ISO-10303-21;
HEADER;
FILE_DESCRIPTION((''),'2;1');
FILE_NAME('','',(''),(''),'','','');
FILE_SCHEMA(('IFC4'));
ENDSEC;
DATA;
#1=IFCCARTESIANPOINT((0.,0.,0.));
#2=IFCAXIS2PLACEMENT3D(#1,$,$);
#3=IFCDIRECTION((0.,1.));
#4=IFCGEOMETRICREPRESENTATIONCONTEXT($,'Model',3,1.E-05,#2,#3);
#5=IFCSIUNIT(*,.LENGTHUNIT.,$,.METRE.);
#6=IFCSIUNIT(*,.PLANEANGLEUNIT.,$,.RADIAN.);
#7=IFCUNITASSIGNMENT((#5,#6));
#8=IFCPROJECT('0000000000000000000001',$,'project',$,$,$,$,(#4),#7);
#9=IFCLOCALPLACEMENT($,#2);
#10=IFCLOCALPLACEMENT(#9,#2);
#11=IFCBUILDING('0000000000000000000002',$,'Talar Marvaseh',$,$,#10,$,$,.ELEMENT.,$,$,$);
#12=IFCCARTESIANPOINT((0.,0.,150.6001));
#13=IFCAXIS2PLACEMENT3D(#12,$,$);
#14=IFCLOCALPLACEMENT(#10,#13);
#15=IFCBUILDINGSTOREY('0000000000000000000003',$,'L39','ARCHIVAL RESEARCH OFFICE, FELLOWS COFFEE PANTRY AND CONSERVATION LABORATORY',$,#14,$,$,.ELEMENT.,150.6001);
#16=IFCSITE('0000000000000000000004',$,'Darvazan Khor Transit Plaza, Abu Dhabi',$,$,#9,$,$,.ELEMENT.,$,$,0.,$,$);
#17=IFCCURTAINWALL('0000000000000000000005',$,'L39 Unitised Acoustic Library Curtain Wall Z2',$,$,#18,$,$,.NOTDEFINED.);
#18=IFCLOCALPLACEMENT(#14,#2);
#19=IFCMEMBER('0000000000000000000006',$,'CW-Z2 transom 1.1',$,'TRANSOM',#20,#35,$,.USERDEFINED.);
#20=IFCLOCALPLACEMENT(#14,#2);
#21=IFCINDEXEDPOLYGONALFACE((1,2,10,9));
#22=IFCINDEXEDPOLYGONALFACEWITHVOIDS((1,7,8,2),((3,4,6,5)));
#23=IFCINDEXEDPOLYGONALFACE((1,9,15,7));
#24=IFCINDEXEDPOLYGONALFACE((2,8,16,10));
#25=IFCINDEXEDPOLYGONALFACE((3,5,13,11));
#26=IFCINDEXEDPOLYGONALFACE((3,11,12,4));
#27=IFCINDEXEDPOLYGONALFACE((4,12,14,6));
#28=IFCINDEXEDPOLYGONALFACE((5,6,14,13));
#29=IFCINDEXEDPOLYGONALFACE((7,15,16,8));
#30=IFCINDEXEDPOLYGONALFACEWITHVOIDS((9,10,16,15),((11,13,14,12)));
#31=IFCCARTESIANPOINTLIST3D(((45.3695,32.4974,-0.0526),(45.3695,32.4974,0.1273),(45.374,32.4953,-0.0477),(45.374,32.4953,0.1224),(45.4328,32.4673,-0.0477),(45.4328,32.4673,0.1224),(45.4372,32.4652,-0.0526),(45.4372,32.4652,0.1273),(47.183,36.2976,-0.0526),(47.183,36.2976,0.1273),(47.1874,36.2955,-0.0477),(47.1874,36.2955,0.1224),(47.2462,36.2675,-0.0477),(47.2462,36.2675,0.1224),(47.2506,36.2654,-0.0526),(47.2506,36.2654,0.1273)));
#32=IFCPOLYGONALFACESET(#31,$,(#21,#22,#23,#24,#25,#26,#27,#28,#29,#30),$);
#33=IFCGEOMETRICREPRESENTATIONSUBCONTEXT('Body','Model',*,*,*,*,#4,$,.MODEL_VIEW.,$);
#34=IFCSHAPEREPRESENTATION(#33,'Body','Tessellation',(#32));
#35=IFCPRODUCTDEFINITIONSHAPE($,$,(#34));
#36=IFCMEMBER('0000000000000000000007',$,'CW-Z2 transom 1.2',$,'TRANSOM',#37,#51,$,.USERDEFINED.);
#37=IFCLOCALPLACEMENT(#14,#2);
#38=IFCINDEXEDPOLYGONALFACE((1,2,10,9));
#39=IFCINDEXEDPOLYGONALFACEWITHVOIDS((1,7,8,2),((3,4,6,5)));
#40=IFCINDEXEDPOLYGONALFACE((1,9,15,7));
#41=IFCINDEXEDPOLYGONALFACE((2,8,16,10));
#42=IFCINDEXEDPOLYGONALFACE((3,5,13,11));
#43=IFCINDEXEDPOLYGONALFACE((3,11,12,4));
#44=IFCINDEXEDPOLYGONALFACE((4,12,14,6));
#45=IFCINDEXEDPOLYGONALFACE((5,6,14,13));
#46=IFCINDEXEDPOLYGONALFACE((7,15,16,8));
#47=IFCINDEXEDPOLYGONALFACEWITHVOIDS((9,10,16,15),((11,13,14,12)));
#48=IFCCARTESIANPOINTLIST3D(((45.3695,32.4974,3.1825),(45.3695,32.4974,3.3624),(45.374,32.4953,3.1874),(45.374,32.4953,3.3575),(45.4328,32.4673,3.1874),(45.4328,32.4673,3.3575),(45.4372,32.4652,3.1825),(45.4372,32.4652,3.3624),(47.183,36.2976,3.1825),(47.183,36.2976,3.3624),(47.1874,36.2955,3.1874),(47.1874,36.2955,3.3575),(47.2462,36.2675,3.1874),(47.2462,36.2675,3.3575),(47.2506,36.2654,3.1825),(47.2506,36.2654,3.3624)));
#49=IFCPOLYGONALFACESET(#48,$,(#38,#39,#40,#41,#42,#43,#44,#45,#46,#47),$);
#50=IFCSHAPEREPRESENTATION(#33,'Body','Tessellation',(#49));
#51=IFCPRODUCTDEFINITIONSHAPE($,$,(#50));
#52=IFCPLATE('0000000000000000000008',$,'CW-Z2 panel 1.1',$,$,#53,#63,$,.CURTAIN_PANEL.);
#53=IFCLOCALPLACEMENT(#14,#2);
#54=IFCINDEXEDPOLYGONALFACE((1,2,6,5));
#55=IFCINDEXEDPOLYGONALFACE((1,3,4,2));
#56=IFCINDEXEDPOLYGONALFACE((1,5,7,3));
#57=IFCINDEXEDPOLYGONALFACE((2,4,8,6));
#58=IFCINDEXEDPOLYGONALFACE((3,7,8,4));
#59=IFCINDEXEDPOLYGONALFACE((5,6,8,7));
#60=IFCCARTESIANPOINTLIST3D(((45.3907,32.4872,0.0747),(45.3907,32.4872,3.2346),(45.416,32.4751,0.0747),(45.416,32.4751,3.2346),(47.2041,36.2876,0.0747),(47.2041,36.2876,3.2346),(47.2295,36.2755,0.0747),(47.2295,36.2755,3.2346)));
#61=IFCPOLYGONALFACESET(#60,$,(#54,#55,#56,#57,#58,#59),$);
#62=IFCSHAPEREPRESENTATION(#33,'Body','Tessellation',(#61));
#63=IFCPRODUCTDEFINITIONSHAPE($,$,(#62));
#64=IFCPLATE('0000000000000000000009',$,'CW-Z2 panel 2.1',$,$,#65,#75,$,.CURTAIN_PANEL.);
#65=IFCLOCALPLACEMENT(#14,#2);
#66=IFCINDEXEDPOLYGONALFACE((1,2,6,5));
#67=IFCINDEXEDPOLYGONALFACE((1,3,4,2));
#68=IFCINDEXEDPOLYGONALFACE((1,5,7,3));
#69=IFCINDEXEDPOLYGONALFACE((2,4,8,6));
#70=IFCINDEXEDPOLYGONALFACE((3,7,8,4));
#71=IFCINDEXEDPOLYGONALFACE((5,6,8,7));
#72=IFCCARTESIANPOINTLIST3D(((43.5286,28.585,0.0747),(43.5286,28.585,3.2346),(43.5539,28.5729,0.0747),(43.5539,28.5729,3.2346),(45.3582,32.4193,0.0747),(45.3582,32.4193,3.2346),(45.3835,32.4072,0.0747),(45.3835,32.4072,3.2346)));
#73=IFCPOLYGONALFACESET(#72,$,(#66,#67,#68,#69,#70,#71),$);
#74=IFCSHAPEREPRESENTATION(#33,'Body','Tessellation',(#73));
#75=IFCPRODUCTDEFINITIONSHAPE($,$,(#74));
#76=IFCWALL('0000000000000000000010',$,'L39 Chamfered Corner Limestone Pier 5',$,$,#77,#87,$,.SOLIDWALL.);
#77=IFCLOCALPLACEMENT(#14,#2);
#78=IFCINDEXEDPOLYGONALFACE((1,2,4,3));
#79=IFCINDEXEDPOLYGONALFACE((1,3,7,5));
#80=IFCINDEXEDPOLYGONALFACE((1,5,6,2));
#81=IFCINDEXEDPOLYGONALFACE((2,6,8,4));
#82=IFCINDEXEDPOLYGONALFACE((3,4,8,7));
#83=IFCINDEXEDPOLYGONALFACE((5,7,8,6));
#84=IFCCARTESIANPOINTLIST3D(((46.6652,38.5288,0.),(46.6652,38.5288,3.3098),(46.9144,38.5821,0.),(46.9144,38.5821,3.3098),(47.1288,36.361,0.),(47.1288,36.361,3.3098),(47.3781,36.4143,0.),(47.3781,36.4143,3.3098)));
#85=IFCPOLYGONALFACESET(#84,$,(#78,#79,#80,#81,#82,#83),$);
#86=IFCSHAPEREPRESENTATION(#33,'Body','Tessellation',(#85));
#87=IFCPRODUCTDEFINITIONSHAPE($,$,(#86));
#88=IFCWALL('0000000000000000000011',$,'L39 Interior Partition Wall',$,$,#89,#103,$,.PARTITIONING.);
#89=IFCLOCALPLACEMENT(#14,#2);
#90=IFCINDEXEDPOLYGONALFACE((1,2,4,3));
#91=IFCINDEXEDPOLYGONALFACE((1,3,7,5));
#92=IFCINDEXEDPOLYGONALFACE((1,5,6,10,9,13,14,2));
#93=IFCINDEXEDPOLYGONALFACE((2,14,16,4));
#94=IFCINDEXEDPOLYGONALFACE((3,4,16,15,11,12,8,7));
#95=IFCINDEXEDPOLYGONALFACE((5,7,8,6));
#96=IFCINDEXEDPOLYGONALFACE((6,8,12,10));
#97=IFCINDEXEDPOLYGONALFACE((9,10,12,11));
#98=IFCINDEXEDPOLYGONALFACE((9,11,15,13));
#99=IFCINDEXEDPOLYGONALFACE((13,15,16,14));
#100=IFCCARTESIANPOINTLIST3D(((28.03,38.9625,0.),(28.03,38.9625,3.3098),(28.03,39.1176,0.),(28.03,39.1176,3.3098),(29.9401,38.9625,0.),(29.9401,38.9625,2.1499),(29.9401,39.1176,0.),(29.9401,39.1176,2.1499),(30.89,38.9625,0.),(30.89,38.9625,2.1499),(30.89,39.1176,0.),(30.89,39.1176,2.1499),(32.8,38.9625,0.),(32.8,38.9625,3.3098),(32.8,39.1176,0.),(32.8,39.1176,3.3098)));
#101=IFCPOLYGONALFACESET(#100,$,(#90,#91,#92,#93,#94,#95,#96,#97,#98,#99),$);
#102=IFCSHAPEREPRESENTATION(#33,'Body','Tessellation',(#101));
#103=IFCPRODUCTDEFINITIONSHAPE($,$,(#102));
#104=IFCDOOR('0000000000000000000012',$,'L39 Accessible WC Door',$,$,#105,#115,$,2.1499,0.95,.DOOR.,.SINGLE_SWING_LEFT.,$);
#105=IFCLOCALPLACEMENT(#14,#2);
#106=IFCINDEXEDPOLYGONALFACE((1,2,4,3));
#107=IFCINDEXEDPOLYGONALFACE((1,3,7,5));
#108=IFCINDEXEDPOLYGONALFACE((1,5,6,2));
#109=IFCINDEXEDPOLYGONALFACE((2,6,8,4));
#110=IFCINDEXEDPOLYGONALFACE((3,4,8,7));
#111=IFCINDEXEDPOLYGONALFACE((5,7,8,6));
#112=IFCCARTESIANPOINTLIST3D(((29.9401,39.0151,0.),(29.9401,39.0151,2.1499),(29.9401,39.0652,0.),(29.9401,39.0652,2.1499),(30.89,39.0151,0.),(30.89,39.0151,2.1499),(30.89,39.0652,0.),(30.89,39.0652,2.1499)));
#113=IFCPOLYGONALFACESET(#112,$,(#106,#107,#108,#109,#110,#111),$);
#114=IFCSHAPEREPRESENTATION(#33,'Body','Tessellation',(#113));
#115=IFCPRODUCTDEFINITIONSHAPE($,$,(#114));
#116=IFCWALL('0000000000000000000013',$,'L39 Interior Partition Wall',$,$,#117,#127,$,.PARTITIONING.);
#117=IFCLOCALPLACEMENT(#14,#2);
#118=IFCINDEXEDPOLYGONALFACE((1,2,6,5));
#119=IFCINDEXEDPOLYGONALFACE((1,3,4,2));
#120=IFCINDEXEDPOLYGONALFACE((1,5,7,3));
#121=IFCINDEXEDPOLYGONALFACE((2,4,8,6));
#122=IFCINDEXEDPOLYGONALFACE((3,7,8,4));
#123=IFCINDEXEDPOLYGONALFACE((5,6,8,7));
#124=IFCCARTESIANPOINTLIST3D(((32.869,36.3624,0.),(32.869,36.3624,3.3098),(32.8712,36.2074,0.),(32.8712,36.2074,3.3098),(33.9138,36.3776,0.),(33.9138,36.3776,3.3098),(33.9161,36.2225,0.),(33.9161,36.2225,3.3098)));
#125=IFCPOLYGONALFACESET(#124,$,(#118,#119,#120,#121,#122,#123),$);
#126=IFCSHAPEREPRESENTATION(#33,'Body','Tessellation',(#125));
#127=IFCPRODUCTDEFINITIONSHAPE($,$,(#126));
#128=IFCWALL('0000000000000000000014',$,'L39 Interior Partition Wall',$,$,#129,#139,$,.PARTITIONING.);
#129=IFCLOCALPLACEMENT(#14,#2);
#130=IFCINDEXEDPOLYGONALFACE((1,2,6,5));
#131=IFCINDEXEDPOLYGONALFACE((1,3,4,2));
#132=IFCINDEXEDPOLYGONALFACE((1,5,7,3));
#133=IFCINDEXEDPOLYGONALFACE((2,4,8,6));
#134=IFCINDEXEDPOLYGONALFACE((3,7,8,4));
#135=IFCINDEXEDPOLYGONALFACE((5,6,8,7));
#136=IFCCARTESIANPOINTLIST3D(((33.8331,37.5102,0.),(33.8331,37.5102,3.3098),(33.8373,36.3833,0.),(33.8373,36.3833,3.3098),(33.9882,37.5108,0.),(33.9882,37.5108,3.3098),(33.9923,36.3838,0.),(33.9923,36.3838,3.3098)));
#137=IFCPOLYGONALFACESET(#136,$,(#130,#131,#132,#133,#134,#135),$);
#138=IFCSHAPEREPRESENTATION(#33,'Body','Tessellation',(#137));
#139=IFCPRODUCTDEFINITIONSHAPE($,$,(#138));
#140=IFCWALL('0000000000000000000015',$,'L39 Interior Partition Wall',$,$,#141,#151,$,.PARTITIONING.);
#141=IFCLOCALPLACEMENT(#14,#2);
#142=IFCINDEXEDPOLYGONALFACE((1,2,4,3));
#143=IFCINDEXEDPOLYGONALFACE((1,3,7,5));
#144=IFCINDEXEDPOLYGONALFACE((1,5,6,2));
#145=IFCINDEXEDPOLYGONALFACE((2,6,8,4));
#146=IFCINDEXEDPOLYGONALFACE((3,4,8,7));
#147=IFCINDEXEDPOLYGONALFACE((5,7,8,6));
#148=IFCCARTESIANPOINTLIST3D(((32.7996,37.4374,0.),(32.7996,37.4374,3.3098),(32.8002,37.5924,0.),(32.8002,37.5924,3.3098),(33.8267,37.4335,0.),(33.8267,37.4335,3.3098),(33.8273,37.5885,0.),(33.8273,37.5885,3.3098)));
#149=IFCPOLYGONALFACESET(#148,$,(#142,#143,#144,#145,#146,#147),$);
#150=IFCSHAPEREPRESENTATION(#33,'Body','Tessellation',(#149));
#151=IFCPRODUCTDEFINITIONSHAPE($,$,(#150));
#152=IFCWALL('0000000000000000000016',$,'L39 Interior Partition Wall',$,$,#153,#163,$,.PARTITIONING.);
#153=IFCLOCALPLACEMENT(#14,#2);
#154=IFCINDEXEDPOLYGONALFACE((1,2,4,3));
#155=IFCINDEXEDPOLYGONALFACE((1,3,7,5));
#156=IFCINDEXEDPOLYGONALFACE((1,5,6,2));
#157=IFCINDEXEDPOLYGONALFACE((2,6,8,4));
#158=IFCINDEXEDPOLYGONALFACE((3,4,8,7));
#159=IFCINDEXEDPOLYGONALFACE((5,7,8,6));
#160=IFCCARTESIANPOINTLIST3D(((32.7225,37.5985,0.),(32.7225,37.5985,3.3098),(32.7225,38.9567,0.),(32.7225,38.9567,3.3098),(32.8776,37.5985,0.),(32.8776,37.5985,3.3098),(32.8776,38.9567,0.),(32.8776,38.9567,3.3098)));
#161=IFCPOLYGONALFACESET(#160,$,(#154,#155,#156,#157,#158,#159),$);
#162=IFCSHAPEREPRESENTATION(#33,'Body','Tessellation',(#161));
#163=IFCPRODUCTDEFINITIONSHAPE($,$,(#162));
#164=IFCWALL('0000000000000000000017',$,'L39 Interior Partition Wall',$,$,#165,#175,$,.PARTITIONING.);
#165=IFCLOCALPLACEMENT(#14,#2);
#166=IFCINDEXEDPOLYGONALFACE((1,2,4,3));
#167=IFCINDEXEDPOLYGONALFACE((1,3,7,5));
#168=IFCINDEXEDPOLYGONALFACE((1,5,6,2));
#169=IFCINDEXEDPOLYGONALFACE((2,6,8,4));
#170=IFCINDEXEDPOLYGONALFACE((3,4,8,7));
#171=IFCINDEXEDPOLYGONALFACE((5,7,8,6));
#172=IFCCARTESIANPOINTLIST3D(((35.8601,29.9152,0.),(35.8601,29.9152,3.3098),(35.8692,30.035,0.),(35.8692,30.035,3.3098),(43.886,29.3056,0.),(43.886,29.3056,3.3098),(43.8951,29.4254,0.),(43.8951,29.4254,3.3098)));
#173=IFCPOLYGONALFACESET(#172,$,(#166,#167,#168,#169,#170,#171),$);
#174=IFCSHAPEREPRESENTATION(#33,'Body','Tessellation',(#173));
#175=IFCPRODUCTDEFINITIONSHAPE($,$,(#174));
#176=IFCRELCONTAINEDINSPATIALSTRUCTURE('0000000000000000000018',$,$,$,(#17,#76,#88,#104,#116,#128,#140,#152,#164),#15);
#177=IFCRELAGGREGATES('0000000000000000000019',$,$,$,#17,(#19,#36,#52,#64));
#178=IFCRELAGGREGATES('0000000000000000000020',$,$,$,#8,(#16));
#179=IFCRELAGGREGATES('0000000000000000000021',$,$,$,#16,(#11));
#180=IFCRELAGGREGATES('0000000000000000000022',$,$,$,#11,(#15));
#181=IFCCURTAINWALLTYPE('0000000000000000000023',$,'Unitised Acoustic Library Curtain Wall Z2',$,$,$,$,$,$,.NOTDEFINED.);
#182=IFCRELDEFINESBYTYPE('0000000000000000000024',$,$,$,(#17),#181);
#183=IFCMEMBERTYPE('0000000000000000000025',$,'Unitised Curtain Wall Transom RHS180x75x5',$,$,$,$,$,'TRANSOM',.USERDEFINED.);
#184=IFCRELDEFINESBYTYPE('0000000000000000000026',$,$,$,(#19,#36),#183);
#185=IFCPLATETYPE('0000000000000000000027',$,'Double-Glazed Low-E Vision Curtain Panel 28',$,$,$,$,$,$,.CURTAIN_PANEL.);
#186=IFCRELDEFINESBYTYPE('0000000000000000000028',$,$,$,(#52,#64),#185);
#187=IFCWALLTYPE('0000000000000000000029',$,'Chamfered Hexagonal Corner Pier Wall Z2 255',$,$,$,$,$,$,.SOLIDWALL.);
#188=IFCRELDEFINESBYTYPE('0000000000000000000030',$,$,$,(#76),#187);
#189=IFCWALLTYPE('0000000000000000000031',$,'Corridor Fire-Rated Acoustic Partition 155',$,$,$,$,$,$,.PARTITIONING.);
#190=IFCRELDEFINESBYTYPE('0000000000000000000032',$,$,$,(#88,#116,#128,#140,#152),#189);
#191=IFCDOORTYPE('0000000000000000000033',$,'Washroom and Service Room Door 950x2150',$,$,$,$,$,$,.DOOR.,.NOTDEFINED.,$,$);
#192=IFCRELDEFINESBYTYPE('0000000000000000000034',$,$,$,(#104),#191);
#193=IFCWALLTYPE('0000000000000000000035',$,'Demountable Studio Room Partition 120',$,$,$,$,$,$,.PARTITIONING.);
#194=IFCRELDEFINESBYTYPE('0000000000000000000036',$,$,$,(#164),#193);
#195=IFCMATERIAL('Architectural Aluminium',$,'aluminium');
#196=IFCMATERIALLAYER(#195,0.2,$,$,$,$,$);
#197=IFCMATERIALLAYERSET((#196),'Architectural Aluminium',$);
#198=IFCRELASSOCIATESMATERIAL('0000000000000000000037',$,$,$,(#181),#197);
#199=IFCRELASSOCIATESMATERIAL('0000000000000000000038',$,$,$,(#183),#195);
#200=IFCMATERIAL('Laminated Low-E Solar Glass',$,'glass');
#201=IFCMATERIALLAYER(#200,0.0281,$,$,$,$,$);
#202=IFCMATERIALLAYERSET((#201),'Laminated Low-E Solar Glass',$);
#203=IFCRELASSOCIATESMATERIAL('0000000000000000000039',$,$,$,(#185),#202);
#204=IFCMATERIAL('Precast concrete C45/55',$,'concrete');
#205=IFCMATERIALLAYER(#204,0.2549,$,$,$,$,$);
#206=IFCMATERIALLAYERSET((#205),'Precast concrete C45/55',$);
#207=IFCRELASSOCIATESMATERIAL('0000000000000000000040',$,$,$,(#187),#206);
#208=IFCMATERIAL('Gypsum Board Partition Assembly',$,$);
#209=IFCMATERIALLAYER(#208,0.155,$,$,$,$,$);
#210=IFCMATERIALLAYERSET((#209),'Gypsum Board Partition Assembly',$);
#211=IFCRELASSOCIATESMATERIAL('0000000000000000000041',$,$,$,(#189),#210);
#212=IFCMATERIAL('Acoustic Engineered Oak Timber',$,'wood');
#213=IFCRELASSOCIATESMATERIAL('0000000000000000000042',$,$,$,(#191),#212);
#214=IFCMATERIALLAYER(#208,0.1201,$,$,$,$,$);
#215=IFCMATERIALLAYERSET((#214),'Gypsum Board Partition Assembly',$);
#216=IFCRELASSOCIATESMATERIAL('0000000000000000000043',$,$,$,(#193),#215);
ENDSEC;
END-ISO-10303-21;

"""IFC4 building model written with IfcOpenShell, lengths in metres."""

from ifc_helpers import new_model, si_unit, direction, frame, frame_2d, origin, origin_2d, place, context, subcontext, project, spatial, rectangle, hollow_rectangle, extrude, source, transform, mapped, material, layer, layer_set, material_profile, profile_set, type_object, type_shapes, element, fill, aggregate, save


model = new_model("IFC4")

# Units and contexts
model_context = context("Model", 3, precision=1e-05, world=origin(), true_north=direction((0.0, 1.0)))
body_context = subcontext(model_context, "Body", "Model", "MODEL_VIEW")
ifc_project = project(units=[si_unit("LENGTHUNIT", "METRE"), si_unit("PLANEANGLEUNIT", "RADIAN")], contexts=[model_context])

# Site, building, storey
site_placement = place(None, origin())
site = spatial("IfcSite", under=ifc_project, at=site_placement, Name="Darvazan Khor Transit Plaza, Abu Dhabi", CompositionType="ELEMENT", RefElevation=0.0)
building_placement = place(site_placement, origin())
building = spatial("IfcBuilding", under=site, at=building_placement, Name="Talar Marvaseh", CompositionType="ELEMENT")
storey_placement = place(building_placement, frame((0.0, 0.0, 150.6001)))
storey = spatial("IfcBuildingStorey", under=building, at=storey_placement, Name="L39", Description="ARCHIVAL RESEARCH OFFICE, FELLOWS COFFEE PANTRY AND CONSERVATION LABORATORY", CompositionType="ELEMENT", Elevation=150.6001)

# Curtain wall
ifc_material_1 = material(Name="Architectural Aluminium", Category="aluminium")
ifc_layer_1 = layer(ifc_material_1, 0.2)
ifc_layer_set_1 = layer_set([ifc_layer_1], Name="Architectural Aluminium")
curtain_wall_type = type_object("IfcCurtainWallType", Name="Unitised Acoustic Library Curtain Wall Z2", PredefinedType="NOTDEFINED", material=ifc_layer_set_1)
curtain_wall_1_placement = place(storey_placement, origin())
curtain_wall_1 = element("IfcCurtainWall", 1, at=curtain_wall_1_placement, inside=storey, type_object=curtain_wall_type, Name="L39 Unitised Acoustic Library Curtain Wall Z2", PredefinedType="NOTDEFINED")
ifc_material_profile_1 = material_profile(ifc_material_1, hollow_rectangle(XDim=0.075, YDim=0.1799, WallThickness=0.0049, at=origin_2d()), Name="RHS180x75x5")
ifc_profile_set_1 = profile_set([ifc_material_profile_1], Name="Architectural Aluminium")
member_type_1 = type_object("IfcMemberType", Name="Unitised Curtain Wall Transom RHS180x75x5", ElementType="TRANSOM", PredefinedType="USERDEFINED", material=ifc_profile_set_1)

# Members
shared_shape_1 = source(origin(), body_context, "Body", "SweptSolid", [
    extrude(hollow_rectangle(XDim=0.075, YDim=0.1799, WallThickness=0.0049, at=origin_2d()), origin(), (0.0, 0.0, 1.0), 4.2107),
])
member_1_placement = place(storey_placement, frame((47.2168, 36.2815, 0.0374), z_axis=(-0.430672, -0.902509, 0.0), x_axis=(0.902509, -0.430672, 0.0)))
member_1 = element("IfcMember", 2, at=member_1_placement, type_object=member_type_1, Name="CW-Z2 transom 1.1", ObjectType="TRANSOM", PredefinedType="USERDEFINED", context=body_context, shape_type="MappedRepresentation", body=[
    mapped(shared_shape_1, transform((0.0, 0.0, 0.0), x_axis=(1.0, 0.0, 0.0), y_axis=(0.0, 1.0, 0.0), z_axis=(0.0, 0.0, 1.0), scale=1.0)),
])
member_2_placement = place(storey_placement, frame((47.2168, 36.2815, 3.2725), z_axis=(-0.430672, -0.902509, 0.0), x_axis=(0.902509, -0.430672, 0.0)))
member_2 = element("IfcMember", 3, at=member_2_placement, type_object=member_type_1, Name="CW-Z2 transom 1.2", ObjectType="TRANSOM", PredefinedType="USERDEFINED", context=body_context, shape_type="MappedRepresentation", body=[
    mapped(shared_shape_1, transform((0.0, 0.0, 0.0), x_axis=(1.0, 0.0, 0.0), y_axis=(0.0, 1.0, 0.0), z_axis=(0.0, 0.0, 1.0), scale=1.0)),
])

# Plates
ifc_material_2 = material(Name="Laminated Low-E Solar Glass", Category="glass")
ifc_layer_2 = layer(ifc_material_2, 0.0281)
ifc_layer_set_2 = layer_set([ifc_layer_2], Name="Laminated Low-E Solar Glass")
plate_type = type_object("IfcPlateType", Name="Double-Glazed Low-E Vision Curtain Panel 28", PredefinedType="CURTAIN_PANEL", material=ifc_layer_set_2)
shared_shape_2 = source(origin(), body_context, "Body", "SweptSolid", [
    extrude(rectangle(XDim=4.2109, YDim=0.0281, at=origin_2d()), origin(), (0.0, 0.0, 1.0), 3.1599),
])
plate_1_placement = place(storey_placement, frame((46.3101, 34.3813, 0.0747), z_axis=(0.0, 0.0, 1.0), x_axis=(-0.430653, -0.902518, 0.0)))
plate_1 = element("IfcPlate", 4, at=plate_1_placement, type_object=plate_type, Name="CW-Z2 panel 1.1", PredefinedType="CURTAIN_PANEL", context=body_context, shape_type="MappedRepresentation", body=[
    mapped(shared_shape_2, transform((0.0, 0.0, 0.0), x_axis=(1.0, 0.0, 0.0), y_axis=(0.0, 1.0, 0.0), z_axis=(0.0, 0.0, 1.0), scale=1.0)),
])
shared_shape_3 = source(origin(), body_context, "Body", "SweptSolid", [
    extrude(rectangle(XDim=4.2485, YDim=0.0281, at=origin_2d()), origin(), (0.0, 0.0, 1.0), 3.1599),
])
type_shapes(plate_type, [shared_shape_2, shared_shape_3])
plate_2_placement = place(storey_placement, frame((44.4561, 30.4961, 0.0747), z_axis=(0.0, 0.0, 1.0), x_axis=(-0.430653, -0.902518, 0.0)))
plate_2 = element("IfcPlate", 5, at=plate_2_placement, type_object=plate_type, Name="CW-Z2 panel 2.1", PredefinedType="CURTAIN_PANEL", context=body_context, shape_type="MappedRepresentation", body=[
    mapped(shared_shape_3, transform((0.0, 0.0, 0.0), x_axis=(1.0, 0.0, 0.0), y_axis=(0.0, 1.0, 0.0), z_axis=(0.0, 0.0, 1.0), scale=1.0)),
])
aggregate(curtain_wall_1, [member_1, member_2, plate_1, plate_2])

# Wall
ifc_material_3 = material(Name="Precast concrete C45/55", Category="concrete")
ifc_layer_3 = layer(ifc_material_3, 0.2549)
ifc_layer_set_3 = layer_set([ifc_layer_3], Name="Precast concrete C45/55")
wall_type_1 = type_object("IfcWallType", Name="Chamfered Hexagonal Corner Pier Wall Z2 255", PredefinedType="SOLIDWALL", material=ifc_layer_set_3)
wall_1_placement = place(storey_placement, frame((46.7898, 38.5554, 0.0), z_axis=(0.0, 0.0, 1.0), x_axis=(0.209145, -0.977885, 0.0)))
element("IfcWall", 6, at=wall_1_placement, inside=storey, type_object=wall_type_1, Name="L39 Chamfered Corner Limestone Pier 5", PredefinedType="SOLIDWALL", context=body_context, shape_type="SweptSolid", body=[
    extrude(rectangle(XDim=2.2168, YDim=0.2549, at=frame_2d((1.1084, 0.0))), origin(), (0.0, 0.0, 1.0), 3.3098),
])

# Wall, opening, door
ifc_material_4 = material(Name="Gypsum Board Partition Assembly")
ifc_layer_4 = layer(ifc_material_4, 0.155)
ifc_layer_set_4 = layer_set([ifc_layer_4], Name="Gypsum Board Partition Assembly")
wall_type_2 = type_object("IfcWallType", Name="Corridor Fire-Rated Acoustic Partition 155", PredefinedType="PARTITIONING", material=ifc_layer_set_4)
wall_2_placement = place(storey_placement, frame((32.8, 39.04, 0.0), z_axis=(0.0, 0.0, 1.0), x_axis=(-1.0, 0.0, 0.0)))
wall_2 = element("IfcWall", 7, at=wall_2_placement, inside=storey, type_object=wall_type_2, Name="L39 Interior Partition Wall", PredefinedType="PARTITIONING", context=body_context, shape_type="SweptSolid", body=[
    extrude(rectangle(XDim=4.77, YDim=0.155, at=frame_2d((2.385, 0.0))), origin(), (0.0, 0.0, 1.0), 3.3098),
])
opening_1_placement = place(wall_2_placement, frame((1.9099, 0.0, 0.0)))
opening_1 = element("IfcOpeningElement", 8, at=opening_1_placement, cuts=wall_2, PredefinedType="OPENING", context=body_context, shape_type="SweptSolid", body=[
    extrude(rectangle(XDim=0.95, YDim=2.1499, at=frame_2d((0.4751, 1.075))), frame((0.0, 0.0874, 0.0), z_axis=(0.0, -1.0, 0.0), x_axis=(1.0, 0.0, 0.0)), (0.0, 0.0, 1.0), 0.175),
])
ifc_material_5 = material(Name="Acoustic Engineered Oak Timber", Category="wood")
door_type_1 = type_object("IfcDoorType", Name="Washroom and Service Room Door 950x2150", OperationType="NOTDEFINED", PredefinedType="DOOR", material=ifc_material_5)
shared_shape_4 = source(origin(), body_context, "Body", "SweptSolid", [
    extrude(rectangle(XDim=0.95, YDim=2.1499, at=frame_2d((0.4751, 1.075))), frame((0.0, 0.0249, 0.0), z_axis=(0.0, -1.0, 0.0), x_axis=(1.0, 0.0, 0.0)), (0.0, 0.0, 1.0), 0.05),
])
type_shapes(door_type_1, [shared_shape_4])
door_1_placement = place(opening_1_placement, origin())
door_1 = element("IfcDoor", 9, at=door_1_placement, inside=storey, type_object=door_type_1, Name="L39 Accessible WC Door", OperationType="SINGLE_SWING_LEFT", OverallHeight=2.1499, OverallWidth=0.95, PredefinedType="DOOR", context=body_context, shape_type="MappedRepresentation", body=[
    mapped(shared_shape_4, transform((0.0, 0.0, 0.0), x_axis=(1.0, 0.0, 0.0), y_axis=(0.0, 1.0, 0.0), z_axis=(0.0, 0.0, 1.0), scale=1.0)),
])
fill(opening_1, door_1)

# Walls
wall_3_placement = place(storey_placement, frame((32.8701, 36.2849, 0.0), z_axis=(0.0, 0.0, 1.0), x_axis=(0.999895, 0.014484, 0.0)))
element("IfcWall", 10, at=wall_3_placement, inside=storey, type_object=wall_type_2, Name="L39 Interior Partition Wall", PredefinedType="PARTITIONING", context=body_context, shape_type="SweptSolid", body=[
    extrude(rectangle(XDim=1.0449, YDim=0.155, at=frame_2d((0.5225, 0.0))), origin(), (0.0, 0.0, 1.0), 3.3098),
])
wall_4_placement = place(storey_placement, frame((33.9148, 36.3835, 0.0), z_axis=(0.0, 0.0, 1.0), x_axis=(-0.003683, 0.999993, 0.0)))
element("IfcWall", 11, at=wall_4_placement, inside=storey, type_object=wall_type_2, Name="L39 Interior Partition Wall", PredefinedType="PARTITIONING", context=body_context, shape_type="SweptSolid", body=[
    extrude(rectangle(XDim=1.127, YDim=0.155, at=frame_2d((0.5635, 0.0))), origin(), (0.0, 0.0, 1.0), 3.3098),
])
wall_5_placement = place(storey_placement, frame((33.8271, 37.511, 0.0), z_axis=(0.0, 0.0, 1.0), x_axis=(-0.999993, 0.003803, 0.0)))
element("IfcWall", 12, at=wall_5_placement, inside=storey, type_object=wall_type_2, Name="L39 Interior Partition Wall", PredefinedType="PARTITIONING", context=body_context, shape_type="SweptSolid", body=[
    extrude(rectangle(XDim=1.0271, YDim=0.155, at=frame_2d((0.5137, 0.0))), origin(), (0.0, 0.0, 1.0), 3.3098),
])
wall_6_placement = place(storey_placement, frame((32.8, 37.5984, 0.0), z_axis=(0.0, 0.0, 1.0), x_axis=(0.0, 1.0, 0.0)))
element("IfcWall", 13, at=wall_6_placement, inside=storey, type_object=wall_type_2, Name="L39 Interior Partition Wall", PredefinedType="PARTITIONING", context=body_context, shape_type="SweptSolid", body=[
    extrude(rectangle(XDim=1.3582, YDim=0.155, at=frame_2d((0.6792, 0.0))), origin(), (0.0, 0.0, 1.0), 3.3098),
])
ifc_layer_5 = layer(ifc_material_4, 0.1201)
ifc_layer_set_5 = layer_set([ifc_layer_5], Name="Gypsum Board Partition Assembly")
wall_type_3 = type_object("IfcWallType", Name="Demountable Studio Room Partition 120", PredefinedType="PARTITIONING", material=ifc_layer_set_5)
wall_7_placement = place(storey_placement, frame((35.8647, 29.9751, 0.0), z_axis=(0.0, 0.0, 1.0), x_axis=(0.997128, -0.075739, 0.0)))
element("IfcWall", 14, at=wall_7_placement, inside=storey, type_object=wall_type_3, Name="L39 Interior Partition Wall", PredefinedType="PARTITIONING", context=body_context, shape_type="SweptSolid", body=[
    extrude(rectangle(XDim=8.0491, YDim=0.1201, at=frame_2d((4.0244, 0.0))), origin(), (0.0, 0.0, 1.0), 3.3098),
])

save(model, "model.ifc")
